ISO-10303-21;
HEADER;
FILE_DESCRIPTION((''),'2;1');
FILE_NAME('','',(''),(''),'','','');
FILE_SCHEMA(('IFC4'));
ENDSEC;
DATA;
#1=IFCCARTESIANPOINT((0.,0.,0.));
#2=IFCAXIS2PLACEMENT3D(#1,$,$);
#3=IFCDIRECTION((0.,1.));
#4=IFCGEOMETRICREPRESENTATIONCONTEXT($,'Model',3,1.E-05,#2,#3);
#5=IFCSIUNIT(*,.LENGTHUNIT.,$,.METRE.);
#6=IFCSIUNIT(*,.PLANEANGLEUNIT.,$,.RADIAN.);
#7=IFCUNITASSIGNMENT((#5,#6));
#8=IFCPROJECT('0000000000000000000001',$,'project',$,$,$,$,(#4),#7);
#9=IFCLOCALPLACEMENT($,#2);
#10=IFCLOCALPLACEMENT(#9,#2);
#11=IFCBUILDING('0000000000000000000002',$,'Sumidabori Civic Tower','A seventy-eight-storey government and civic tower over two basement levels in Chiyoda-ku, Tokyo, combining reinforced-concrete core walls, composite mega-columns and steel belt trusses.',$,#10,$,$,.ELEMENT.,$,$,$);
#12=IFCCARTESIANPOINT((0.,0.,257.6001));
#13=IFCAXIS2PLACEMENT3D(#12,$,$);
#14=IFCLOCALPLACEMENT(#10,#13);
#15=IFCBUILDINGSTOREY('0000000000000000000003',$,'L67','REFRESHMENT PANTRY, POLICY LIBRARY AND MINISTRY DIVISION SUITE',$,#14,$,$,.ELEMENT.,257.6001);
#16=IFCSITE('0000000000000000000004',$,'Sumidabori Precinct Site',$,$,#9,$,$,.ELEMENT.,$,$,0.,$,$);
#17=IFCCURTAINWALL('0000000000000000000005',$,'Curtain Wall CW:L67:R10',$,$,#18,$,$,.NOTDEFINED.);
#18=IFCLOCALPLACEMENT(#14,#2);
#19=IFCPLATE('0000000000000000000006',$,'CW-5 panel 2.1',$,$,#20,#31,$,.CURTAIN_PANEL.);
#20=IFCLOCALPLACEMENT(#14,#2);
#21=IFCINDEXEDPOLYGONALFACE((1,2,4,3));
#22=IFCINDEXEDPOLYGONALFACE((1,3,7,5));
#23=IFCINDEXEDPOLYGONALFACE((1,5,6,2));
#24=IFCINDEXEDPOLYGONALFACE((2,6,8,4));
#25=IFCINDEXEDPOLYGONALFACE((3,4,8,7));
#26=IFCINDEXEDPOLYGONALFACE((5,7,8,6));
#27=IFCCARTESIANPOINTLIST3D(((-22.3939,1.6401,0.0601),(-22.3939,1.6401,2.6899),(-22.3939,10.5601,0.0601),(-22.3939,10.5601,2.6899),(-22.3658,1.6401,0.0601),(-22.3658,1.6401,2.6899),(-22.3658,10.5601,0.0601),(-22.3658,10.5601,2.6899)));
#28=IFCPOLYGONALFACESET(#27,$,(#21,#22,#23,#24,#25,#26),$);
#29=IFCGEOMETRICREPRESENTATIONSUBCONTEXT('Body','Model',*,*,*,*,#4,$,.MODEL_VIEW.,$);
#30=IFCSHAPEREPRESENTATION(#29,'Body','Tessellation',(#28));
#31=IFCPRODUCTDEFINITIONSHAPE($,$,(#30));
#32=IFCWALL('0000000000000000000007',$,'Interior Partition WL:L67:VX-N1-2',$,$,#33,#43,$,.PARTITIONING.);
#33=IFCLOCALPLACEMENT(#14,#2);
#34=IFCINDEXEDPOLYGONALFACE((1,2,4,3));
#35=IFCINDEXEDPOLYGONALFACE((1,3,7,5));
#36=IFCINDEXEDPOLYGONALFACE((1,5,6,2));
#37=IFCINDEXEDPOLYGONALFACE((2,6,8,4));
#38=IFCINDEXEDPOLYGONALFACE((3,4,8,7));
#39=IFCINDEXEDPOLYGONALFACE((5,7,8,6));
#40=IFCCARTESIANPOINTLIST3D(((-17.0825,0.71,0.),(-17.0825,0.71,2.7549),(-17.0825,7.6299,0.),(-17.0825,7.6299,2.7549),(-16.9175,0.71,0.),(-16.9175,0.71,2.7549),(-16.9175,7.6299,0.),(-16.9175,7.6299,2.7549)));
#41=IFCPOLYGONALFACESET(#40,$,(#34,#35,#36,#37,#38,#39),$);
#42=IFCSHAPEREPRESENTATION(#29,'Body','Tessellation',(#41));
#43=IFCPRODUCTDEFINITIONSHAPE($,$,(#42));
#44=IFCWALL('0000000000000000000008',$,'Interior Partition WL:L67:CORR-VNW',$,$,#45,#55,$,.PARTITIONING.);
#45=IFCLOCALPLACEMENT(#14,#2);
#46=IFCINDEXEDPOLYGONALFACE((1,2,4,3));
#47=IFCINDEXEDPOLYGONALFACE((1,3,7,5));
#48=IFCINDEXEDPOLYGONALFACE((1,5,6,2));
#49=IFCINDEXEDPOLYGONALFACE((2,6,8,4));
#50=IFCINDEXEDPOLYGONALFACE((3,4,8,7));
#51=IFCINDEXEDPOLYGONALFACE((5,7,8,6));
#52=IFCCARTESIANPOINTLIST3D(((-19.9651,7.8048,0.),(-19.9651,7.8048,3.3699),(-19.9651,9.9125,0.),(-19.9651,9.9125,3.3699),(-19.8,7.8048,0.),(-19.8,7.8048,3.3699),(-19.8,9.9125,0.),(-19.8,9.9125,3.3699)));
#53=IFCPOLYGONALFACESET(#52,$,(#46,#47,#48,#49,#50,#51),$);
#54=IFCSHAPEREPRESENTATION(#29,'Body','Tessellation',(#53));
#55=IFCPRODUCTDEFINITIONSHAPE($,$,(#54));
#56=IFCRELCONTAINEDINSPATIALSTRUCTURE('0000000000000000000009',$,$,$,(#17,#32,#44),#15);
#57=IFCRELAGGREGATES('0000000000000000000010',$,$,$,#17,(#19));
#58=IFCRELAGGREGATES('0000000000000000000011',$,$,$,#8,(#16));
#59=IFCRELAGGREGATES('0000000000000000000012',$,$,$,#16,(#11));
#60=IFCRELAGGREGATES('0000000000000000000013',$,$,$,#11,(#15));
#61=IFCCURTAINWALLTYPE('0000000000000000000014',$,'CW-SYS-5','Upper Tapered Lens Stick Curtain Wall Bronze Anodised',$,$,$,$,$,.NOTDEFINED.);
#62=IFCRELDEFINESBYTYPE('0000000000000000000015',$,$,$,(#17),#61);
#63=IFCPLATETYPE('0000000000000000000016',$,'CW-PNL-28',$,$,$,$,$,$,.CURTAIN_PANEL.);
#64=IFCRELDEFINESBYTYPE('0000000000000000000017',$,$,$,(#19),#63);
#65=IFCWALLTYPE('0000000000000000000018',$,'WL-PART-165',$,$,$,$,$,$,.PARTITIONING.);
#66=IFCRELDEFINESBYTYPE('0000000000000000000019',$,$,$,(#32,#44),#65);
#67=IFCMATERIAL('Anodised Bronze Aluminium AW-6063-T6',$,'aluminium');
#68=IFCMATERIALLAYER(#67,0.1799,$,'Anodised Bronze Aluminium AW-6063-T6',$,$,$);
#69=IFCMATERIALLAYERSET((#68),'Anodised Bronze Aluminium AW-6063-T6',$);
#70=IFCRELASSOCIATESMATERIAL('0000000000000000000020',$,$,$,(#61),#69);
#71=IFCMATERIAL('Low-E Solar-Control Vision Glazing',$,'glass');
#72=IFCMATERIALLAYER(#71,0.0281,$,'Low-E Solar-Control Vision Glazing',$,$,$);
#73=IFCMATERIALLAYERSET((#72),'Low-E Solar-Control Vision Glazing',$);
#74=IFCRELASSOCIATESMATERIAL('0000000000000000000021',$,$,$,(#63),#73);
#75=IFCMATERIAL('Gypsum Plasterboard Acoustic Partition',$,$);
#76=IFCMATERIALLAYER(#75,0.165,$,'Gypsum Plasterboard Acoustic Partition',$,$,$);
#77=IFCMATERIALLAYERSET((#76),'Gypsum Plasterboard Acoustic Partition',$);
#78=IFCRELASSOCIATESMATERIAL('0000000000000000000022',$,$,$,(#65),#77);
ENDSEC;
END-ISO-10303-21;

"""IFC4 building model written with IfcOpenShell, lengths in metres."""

from ifc_helpers import new_model, si_unit, direction, frame, frame_2d, origin, origin_2d, place, context, subcontext, project, spatial, rectangle, extrude, source, transform, mapped, material, layer, layer_set, type_object, element, aggregate, save


model = new_model("IFC4")

# Units and contexts
model_context = context("Model", 3, precision=1e-05, world=origin(), true_north=direction((0.0, 1.0)))
body_context = subcontext(model_context, "Body", "Model", "MODEL_VIEW")
ifc_project = project(units=[si_unit("LENGTHUNIT", "METRE"), si_unit("PLANEANGLEUNIT", "RADIAN")], contexts=[model_context])

# Site, building, storey
site_placement = place(None, origin())
site = spatial("IfcSite", under=ifc_project, at=site_placement, Name="Sumidabori Precinct Site", CompositionType="ELEMENT", RefElevation=0.0)
building_placement = place(site_placement, origin())
building = spatial("IfcBuilding", under=site, at=building_placement, Name="Sumidabori Civic Tower", Description="A seventy-eight-storey government and civic tower over two basement levels in Chiyoda-ku, Tokyo, combining reinforced-concrete core walls, composite mega-columns and steel belt trusses.", CompositionType="ELEMENT")
storey_placement = place(building_placement, frame((0.0, 0.0, 257.6001)))
storey = spatial("IfcBuildingStorey", under=building, at=storey_placement, Name="L67", Description="REFRESHMENT PANTRY, POLICY LIBRARY AND MINISTRY DIVISION SUITE", CompositionType="ELEMENT", Elevation=257.6001)

# Curtain wall, plate
ifc_material_1 = material(Name="Anodised Bronze Aluminium AW-6063-T6", Category="aluminium")
ifc_layer_1 = layer(ifc_material_1, 0.1799, Name="Anodised Bronze Aluminium AW-6063-T6")
ifc_layer_set_1 = layer_set([ifc_layer_1], Name="Anodised Bronze Aluminium AW-6063-T6")
curtain_wall_type = type_object("IfcCurtainWallType", Name="CW-SYS-5", Description="Upper Tapered Lens Stick Curtain Wall Bronze Anodised", PredefinedType="NOTDEFINED", material=ifc_layer_set_1)
curtain_wall_placement = place(storey_placement, origin())
curtain_wall = element("IfcCurtainWall", 1, at=curtain_wall_placement, inside=storey, type_object=curtain_wall_type, Name="Curtain Wall CW:L67:R10", PredefinedType="NOTDEFINED")
ifc_material_2 = material(Name="Low-E Solar-Control Vision Glazing", Category="glass")
ifc_layer_2 = layer(ifc_material_2, 0.0281, Name="Low-E Solar-Control Vision Glazing")
ifc_layer_set_2 = layer_set([ifc_layer_2], Name="Low-E Solar-Control Vision Glazing")
plate_type = type_object("IfcPlateType", Name="CW-PNL-28", PredefinedType="CURTAIN_PANEL", material=ifc_layer_set_2)
shared_shape_1 = source(origin(), body_context, "Body", "SweptSolid", [
    extrude(rectangle(XDim=8.9199, YDim=0.0281, at=origin_2d()), origin(), (0.0, 0.0, 1.0), 2.6299),
])
plate_placement = place(storey_placement, frame((-22.3799, 6.1001, 0.0601), z_axis=(0.0, 0.0, 1.0), x_axis=(0.0, -1.0, 0.0)))
plate = element("IfcPlate", 2, at=plate_placement, type_object=plate_type, Name="CW-5 panel 2.1", PredefinedType="CURTAIN_PANEL", context=body_context, shape_type="MappedRepresentation", body=[
    mapped(shared_shape_1, transform((0.0, 0.0, 0.0), x_axis=(1.0, 0.0, 0.0), y_axis=(0.0, 1.0, 0.0), z_axis=(0.0, 0.0, 1.0), scale=1.0)),
])
aggregate(curtain_wall, [plate])

# Shared definitions
ifc_material_3 = material(Name="Gypsum Plasterboard Acoustic Partition")
ifc_layer_3 = layer(ifc_material_3, 0.165, Name="Gypsum Plasterboard Acoustic Partition")
ifc_layer_set_3 = layer_set([ifc_layer_3], Name="Gypsum Plasterboard Acoustic Partition")
wall_type = type_object("IfcWallType", Name="WL-PART-165", PredefinedType="PARTITIONING", material=ifc_layer_set_3)

# Wall
shared_shape_2 = source(origin(), body_context, "Body", "SweptSolid", [
    extrude(rectangle(XDim=6.9199, YDim=0.165, at=frame_2d((3.46, 0.0))), origin(), (0.0, 0.0, 1.0), 2.7549),
])
wall_1_placement = place(storey_placement, frame((-17.0, 0.71, 0.0), z_axis=(0.0, 0.0, 1.0), x_axis=(0.0, 1.0, 0.0)))
element("IfcWall", 3, at=wall_1_placement, inside=storey, type_object=wall_type, Name="Interior Partition WL:L67:VX-N1-2", PredefinedType="PARTITIONING", context=body_context, shape_type="MappedRepresentation", body=[
    mapped(shared_shape_2, transform((0.0, 0.0, 0.0), x_axis=(1.0, 0.0, 0.0), y_axis=(0.0, 1.0, 0.0), z_axis=(0.0, 0.0, 1.0), scale=1.0)),
])

# Wall
shared_shape_3 = source(origin(), body_context, "Body", "SweptSolid", [
    extrude(rectangle(XDim=2.1077, YDim=0.165, at=frame_2d((1.0537, 0.0))), origin(), (0.0, 0.0, 1.0), 3.3699),
])
wall_2_placement = place(storey_placement, frame((-19.8826, 7.8049, 0.0), z_axis=(0.0, 0.0, 1.0), x_axis=(0.0, 1.0, 0.0)))
element("IfcWall", 4, at=wall_2_placement, inside=storey, type_object=wall_type, Name="Interior Partition WL:L67:CORR-VNW", PredefinedType="PARTITIONING", context=body_context, shape_type="MappedRepresentation", body=[
    mapped(shared_shape_3, transform((0.0, 0.0, 0.0), x_axis=(1.0, 0.0, 0.0), y_axis=(0.0, 1.0, 0.0), z_axis=(0.0, 0.0, 1.0), scale=1.0)),
])

save(model, "model.ifc")
